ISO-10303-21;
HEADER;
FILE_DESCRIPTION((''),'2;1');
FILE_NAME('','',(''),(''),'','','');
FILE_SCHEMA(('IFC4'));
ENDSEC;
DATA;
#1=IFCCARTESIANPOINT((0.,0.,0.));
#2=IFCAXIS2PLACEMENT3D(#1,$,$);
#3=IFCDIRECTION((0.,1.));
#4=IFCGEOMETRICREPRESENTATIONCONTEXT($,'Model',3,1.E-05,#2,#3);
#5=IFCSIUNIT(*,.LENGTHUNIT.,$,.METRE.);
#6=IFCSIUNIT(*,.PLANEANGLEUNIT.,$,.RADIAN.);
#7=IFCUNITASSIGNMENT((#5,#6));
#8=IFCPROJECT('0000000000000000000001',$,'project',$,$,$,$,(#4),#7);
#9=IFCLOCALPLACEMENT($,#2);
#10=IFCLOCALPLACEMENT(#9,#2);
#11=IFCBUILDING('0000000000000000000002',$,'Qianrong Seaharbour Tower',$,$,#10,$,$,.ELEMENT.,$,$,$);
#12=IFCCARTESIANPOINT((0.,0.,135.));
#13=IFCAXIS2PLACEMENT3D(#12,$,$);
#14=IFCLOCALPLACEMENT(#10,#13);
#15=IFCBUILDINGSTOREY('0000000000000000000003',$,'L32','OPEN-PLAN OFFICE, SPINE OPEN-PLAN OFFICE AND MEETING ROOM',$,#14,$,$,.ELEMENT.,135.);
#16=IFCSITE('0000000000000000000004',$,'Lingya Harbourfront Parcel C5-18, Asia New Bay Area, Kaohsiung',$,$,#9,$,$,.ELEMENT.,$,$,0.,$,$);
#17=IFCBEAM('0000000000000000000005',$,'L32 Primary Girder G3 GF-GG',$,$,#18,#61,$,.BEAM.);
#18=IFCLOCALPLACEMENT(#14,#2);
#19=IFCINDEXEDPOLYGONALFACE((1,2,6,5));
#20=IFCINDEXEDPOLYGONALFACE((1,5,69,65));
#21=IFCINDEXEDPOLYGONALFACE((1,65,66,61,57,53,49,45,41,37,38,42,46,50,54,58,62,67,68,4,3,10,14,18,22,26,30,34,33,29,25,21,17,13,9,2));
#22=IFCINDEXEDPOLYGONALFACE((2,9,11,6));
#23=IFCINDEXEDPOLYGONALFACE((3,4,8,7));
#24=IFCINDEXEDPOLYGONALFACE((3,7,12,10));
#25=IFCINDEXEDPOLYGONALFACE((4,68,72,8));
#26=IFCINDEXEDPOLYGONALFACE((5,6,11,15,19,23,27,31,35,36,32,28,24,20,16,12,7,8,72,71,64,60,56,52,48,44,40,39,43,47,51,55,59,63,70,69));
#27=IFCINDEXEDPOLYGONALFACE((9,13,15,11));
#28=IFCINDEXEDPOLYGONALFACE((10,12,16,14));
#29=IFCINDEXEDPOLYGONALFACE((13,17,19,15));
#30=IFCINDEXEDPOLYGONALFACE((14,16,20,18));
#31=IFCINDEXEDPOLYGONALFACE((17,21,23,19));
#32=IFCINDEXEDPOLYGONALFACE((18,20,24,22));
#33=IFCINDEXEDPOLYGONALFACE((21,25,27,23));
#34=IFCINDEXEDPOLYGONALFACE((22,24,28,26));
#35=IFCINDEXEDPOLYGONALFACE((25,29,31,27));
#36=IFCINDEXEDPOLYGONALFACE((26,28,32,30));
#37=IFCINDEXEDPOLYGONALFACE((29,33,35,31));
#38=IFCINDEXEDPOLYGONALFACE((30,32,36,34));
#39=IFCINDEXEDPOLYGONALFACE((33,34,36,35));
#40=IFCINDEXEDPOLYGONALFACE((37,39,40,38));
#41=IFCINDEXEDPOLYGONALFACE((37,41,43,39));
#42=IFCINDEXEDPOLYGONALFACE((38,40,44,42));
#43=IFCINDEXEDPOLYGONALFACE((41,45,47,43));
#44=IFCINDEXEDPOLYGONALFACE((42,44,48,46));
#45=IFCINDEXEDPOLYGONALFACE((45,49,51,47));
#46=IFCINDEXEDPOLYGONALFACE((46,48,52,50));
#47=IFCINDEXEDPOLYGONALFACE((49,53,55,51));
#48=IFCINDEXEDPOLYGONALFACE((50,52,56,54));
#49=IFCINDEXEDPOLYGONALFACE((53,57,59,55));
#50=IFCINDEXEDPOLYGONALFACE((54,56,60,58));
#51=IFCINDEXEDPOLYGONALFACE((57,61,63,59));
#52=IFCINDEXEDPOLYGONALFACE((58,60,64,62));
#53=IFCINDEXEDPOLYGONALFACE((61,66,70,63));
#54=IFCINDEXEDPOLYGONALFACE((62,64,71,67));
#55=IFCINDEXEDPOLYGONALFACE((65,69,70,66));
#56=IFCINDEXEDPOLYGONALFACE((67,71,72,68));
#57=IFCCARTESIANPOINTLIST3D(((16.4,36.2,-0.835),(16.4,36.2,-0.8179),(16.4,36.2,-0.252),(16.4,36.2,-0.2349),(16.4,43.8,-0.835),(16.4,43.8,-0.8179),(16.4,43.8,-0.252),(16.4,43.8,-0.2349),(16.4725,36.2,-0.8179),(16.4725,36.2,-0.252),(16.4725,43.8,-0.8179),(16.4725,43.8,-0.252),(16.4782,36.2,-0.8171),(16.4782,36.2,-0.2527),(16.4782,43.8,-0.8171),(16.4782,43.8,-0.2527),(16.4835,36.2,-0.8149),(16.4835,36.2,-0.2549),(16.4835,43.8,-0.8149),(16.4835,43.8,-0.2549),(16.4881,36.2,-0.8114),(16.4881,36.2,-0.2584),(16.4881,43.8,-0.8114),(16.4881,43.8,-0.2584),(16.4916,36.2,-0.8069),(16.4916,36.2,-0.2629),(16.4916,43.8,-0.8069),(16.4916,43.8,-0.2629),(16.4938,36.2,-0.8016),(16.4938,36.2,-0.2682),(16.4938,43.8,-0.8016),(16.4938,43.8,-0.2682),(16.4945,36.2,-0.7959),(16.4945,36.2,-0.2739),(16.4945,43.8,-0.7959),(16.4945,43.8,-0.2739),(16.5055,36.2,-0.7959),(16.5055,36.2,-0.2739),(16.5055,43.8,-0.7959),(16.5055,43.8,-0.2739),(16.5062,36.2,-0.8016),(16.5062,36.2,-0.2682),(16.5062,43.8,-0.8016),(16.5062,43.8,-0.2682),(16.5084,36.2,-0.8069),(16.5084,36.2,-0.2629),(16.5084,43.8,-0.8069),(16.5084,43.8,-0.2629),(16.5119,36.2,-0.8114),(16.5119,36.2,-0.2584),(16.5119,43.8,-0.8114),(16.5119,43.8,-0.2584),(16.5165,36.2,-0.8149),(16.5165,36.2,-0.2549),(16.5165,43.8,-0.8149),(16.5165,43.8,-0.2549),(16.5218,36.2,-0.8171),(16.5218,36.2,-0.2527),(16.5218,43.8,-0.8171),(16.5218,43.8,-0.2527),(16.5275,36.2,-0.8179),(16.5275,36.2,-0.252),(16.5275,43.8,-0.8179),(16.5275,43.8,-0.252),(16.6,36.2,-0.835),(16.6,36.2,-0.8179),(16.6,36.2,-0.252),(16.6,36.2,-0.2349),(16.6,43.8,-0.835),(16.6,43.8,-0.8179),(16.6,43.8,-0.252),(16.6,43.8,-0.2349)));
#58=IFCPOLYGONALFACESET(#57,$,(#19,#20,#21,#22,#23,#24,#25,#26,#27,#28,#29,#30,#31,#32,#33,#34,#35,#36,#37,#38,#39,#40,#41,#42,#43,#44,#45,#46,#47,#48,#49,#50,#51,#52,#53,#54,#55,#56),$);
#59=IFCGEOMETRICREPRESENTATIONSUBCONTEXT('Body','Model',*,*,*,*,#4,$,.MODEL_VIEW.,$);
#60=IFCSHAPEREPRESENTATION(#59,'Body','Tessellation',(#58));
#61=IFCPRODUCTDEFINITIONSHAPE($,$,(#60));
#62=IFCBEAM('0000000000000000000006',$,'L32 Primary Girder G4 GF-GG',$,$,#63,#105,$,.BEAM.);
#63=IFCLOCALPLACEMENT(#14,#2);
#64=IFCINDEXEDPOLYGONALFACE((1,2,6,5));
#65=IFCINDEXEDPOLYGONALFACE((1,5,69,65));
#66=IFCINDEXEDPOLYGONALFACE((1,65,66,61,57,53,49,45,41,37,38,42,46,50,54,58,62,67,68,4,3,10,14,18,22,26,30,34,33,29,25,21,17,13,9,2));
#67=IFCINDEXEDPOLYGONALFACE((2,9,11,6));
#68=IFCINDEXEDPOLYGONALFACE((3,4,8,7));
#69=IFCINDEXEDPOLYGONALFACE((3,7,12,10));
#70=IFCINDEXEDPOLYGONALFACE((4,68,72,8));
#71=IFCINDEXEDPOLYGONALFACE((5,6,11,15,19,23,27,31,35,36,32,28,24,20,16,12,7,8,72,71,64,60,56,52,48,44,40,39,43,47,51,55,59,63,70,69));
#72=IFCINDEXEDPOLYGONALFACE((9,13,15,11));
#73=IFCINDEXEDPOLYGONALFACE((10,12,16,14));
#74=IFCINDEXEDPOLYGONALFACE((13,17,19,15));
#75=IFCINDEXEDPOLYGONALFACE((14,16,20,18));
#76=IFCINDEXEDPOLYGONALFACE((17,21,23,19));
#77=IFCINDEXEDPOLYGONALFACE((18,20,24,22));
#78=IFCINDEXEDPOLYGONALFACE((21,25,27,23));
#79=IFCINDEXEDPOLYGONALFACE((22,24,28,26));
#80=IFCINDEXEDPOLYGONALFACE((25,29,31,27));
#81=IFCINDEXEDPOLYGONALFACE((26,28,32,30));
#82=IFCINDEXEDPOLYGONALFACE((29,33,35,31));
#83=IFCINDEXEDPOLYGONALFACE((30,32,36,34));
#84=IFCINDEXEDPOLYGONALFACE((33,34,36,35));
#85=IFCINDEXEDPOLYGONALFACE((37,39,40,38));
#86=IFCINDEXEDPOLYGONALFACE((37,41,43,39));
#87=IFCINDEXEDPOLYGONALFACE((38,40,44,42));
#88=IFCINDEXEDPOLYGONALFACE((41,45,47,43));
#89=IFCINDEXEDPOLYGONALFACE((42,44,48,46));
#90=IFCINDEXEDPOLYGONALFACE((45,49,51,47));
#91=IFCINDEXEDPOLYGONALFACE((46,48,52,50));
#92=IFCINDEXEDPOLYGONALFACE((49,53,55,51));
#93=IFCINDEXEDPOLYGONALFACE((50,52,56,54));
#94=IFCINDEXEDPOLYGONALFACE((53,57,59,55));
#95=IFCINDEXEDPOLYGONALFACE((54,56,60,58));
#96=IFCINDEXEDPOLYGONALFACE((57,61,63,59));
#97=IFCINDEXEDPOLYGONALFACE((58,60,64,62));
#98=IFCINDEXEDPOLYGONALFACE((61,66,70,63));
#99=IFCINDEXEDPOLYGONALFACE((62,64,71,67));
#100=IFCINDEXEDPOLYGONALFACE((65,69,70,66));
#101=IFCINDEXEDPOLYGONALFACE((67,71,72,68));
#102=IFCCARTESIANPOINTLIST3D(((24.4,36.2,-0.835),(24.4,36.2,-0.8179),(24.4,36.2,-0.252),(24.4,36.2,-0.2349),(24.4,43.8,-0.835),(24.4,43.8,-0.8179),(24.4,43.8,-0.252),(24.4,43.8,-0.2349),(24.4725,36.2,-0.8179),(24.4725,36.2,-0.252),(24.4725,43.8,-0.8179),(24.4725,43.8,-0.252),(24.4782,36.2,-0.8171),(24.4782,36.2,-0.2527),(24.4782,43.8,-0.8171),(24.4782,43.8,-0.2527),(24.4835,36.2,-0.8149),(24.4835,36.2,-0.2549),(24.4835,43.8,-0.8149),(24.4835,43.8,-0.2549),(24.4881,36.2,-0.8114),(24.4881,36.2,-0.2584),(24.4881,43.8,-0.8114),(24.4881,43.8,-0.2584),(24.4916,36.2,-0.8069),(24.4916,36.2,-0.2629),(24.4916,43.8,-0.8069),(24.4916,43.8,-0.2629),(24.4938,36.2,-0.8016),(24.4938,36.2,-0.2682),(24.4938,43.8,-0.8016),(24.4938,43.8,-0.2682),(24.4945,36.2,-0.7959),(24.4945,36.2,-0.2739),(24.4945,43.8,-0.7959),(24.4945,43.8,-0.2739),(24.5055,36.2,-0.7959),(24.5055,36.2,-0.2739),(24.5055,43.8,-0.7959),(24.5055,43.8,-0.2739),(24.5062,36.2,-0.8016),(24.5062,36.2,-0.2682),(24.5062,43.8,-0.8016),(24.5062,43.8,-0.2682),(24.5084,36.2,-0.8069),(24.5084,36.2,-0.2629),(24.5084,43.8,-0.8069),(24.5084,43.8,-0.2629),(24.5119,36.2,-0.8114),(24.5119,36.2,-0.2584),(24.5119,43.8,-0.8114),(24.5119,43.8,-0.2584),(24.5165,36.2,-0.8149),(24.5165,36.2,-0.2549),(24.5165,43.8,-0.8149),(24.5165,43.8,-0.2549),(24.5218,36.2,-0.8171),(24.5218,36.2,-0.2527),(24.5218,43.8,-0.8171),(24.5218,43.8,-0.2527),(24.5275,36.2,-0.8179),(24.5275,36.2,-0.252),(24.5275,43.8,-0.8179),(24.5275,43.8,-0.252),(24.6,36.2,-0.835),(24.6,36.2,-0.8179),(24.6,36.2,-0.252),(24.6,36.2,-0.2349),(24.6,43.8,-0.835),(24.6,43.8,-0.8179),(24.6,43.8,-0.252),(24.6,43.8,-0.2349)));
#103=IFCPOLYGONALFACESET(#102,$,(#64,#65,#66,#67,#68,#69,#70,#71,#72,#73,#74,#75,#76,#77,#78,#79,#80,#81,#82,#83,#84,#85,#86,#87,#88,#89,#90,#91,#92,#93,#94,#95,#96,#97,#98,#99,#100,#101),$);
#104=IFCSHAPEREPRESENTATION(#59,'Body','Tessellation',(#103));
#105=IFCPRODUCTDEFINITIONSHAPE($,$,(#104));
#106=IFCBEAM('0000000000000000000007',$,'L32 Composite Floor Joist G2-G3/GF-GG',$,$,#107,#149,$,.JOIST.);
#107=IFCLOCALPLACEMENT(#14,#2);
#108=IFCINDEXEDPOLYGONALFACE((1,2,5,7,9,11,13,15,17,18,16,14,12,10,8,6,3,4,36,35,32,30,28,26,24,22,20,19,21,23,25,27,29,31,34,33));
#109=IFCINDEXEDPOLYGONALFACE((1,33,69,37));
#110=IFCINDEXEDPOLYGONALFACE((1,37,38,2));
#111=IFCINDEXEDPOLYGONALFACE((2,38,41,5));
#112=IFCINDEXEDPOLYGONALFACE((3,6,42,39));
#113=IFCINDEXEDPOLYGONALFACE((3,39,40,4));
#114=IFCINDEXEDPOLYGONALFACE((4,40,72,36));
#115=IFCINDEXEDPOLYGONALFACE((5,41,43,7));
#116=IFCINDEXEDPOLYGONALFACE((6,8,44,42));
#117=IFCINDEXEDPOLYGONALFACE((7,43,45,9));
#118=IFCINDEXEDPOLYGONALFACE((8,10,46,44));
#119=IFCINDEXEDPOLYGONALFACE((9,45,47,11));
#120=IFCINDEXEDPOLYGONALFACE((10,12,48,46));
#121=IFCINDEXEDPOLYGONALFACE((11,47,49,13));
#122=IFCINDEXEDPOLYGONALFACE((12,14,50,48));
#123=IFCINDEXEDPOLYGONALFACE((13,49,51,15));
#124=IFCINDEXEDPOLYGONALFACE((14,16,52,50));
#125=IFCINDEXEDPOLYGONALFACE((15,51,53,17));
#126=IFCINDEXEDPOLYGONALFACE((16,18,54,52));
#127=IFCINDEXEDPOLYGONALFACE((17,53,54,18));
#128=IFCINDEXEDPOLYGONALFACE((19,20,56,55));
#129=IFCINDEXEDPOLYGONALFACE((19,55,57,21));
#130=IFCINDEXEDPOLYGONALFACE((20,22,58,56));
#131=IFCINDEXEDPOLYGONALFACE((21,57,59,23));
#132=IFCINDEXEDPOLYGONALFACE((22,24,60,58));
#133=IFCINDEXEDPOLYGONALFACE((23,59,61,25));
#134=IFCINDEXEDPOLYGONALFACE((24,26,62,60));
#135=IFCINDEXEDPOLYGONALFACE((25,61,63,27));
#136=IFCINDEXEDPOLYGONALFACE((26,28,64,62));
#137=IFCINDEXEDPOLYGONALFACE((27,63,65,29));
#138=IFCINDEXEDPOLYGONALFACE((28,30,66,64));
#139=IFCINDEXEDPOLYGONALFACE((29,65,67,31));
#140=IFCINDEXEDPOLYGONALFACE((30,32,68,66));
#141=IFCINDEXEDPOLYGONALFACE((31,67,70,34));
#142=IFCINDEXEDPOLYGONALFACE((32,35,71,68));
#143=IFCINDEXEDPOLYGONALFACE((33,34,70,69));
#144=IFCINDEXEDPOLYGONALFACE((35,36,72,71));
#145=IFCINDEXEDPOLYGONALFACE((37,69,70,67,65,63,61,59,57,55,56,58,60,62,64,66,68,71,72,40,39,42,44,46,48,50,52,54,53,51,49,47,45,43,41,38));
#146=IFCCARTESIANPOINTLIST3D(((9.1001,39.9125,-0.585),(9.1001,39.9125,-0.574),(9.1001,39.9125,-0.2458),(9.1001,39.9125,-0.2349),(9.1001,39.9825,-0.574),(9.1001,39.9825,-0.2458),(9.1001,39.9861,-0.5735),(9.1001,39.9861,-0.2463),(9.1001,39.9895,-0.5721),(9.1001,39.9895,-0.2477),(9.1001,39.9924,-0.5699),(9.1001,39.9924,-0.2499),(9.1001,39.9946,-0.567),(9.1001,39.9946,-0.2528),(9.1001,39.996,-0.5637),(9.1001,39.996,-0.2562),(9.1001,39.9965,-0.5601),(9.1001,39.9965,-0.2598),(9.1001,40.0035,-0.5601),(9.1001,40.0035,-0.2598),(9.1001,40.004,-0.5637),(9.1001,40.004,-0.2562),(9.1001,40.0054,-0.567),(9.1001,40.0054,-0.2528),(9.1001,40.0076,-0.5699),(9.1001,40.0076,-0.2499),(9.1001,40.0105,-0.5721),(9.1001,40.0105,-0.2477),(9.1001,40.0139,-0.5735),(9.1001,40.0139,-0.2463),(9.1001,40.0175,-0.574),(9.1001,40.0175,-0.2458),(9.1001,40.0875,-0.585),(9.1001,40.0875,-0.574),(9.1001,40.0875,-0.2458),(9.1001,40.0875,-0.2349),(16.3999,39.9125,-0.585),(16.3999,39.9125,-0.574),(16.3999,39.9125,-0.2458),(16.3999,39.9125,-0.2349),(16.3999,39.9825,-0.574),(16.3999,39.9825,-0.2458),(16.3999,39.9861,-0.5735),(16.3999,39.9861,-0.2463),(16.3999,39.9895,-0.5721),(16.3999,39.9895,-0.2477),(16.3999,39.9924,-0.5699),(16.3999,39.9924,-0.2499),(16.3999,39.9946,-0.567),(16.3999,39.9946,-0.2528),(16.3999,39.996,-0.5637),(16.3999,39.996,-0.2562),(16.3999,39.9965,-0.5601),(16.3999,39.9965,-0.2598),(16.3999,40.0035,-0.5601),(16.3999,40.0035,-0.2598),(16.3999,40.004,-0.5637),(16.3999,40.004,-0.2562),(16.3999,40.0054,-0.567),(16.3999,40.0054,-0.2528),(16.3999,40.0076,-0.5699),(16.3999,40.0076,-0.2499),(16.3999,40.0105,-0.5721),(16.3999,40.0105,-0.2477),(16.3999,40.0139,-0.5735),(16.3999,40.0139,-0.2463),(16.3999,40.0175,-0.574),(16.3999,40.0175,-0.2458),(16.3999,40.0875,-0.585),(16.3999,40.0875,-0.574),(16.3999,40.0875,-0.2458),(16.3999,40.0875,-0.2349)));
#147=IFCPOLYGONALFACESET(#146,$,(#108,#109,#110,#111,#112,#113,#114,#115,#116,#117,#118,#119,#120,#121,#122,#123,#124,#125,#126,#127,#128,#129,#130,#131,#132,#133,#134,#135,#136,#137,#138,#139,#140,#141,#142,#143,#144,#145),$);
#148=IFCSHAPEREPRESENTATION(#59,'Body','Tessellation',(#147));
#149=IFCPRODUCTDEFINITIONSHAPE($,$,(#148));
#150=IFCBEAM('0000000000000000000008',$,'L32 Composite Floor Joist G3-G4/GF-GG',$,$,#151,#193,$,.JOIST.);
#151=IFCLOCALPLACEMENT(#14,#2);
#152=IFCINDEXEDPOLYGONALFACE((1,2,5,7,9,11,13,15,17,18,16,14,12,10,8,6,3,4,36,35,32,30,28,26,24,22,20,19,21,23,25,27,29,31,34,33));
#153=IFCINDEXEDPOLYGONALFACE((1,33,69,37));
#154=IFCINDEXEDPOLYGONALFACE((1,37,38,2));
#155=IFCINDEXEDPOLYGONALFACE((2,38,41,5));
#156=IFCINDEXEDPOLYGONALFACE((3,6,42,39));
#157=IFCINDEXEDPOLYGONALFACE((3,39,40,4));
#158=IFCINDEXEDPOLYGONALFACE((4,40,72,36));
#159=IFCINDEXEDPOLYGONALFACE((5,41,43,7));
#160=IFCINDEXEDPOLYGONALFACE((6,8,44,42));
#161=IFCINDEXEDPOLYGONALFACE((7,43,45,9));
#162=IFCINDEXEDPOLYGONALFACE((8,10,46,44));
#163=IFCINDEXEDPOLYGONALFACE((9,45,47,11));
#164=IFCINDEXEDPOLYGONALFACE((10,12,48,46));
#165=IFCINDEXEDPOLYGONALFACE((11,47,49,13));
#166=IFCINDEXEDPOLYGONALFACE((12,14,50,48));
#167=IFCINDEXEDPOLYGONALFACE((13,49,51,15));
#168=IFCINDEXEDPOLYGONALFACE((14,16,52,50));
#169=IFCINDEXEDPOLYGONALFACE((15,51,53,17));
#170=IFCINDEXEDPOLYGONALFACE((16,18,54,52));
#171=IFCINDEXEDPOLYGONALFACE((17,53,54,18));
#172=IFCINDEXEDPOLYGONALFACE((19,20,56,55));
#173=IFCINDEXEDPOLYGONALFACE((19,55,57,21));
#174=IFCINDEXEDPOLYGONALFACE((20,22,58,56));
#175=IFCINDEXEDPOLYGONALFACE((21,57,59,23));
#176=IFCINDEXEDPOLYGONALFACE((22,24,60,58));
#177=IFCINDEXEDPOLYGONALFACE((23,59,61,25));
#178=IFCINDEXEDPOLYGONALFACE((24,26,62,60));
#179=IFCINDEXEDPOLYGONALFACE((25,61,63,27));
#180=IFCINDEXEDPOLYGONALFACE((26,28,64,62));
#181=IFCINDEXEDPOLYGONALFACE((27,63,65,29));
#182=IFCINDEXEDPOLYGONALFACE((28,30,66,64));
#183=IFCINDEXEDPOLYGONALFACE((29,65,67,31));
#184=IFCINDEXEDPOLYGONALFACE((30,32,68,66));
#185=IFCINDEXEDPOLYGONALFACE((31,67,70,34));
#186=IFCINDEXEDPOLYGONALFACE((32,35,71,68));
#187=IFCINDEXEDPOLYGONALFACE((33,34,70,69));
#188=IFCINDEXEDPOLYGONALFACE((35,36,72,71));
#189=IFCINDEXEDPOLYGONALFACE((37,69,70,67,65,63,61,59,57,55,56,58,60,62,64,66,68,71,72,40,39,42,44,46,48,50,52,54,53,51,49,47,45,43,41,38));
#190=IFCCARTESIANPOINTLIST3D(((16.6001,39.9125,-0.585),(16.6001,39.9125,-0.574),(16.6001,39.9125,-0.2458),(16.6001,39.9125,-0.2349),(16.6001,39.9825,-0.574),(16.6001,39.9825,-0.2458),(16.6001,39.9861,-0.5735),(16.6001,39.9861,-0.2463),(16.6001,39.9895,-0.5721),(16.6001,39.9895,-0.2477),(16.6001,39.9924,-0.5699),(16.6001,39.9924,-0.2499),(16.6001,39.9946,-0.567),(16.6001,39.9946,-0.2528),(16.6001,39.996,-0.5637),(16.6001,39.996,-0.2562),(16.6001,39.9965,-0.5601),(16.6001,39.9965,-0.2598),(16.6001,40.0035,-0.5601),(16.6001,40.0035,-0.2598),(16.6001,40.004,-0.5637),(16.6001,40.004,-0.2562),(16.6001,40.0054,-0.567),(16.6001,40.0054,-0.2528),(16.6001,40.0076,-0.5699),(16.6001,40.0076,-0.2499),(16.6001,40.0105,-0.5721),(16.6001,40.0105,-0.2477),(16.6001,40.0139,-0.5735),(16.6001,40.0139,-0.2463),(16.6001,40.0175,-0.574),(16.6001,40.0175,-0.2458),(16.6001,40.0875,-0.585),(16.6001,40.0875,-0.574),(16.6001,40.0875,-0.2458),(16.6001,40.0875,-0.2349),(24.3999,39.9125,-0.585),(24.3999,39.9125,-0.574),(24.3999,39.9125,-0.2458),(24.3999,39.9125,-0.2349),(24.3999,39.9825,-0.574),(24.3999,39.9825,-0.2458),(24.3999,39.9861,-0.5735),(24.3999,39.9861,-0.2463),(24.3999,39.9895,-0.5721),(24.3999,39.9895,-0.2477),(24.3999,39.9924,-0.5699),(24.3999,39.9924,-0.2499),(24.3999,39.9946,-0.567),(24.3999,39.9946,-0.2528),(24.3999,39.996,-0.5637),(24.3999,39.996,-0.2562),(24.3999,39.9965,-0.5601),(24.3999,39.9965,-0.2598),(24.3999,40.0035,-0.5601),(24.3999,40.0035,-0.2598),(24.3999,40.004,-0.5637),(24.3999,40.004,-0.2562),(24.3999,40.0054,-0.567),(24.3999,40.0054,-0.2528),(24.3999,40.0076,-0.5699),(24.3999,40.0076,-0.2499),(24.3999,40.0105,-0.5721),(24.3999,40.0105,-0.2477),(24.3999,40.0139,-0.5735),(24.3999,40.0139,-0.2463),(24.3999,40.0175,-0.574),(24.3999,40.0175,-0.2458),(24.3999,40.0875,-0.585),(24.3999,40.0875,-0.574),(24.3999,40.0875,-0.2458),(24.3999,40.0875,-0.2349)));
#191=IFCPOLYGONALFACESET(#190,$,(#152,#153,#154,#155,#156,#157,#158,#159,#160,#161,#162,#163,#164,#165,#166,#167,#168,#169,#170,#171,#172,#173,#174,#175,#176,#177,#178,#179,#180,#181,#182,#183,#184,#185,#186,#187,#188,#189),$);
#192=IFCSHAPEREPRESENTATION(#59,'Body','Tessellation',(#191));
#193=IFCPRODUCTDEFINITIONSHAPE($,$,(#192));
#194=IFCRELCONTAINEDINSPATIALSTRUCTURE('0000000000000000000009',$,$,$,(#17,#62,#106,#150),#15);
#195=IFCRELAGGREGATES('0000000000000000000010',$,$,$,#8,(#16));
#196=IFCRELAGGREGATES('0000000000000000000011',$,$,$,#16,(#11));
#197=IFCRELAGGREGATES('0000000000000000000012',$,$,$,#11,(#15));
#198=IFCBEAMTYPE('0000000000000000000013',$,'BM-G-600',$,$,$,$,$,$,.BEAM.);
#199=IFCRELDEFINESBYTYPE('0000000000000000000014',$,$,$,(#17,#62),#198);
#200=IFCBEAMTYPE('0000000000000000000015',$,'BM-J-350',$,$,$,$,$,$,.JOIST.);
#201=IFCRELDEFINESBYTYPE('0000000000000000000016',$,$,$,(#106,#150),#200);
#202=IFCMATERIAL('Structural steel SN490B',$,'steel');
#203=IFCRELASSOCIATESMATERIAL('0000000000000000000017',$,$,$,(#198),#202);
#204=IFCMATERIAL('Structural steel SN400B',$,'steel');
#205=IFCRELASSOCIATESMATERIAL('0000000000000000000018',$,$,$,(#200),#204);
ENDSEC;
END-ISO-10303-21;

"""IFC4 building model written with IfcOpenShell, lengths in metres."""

from ifc_helpers import new_model, si_unit, direction, frame, origin, origin_2d, place, context, subcontext, project, spatial, i_section, extrude, material, material_profile, profile_set, type_object, element, save


model = new_model("IFC4")

# Units and contexts
model_context = context("Model", 3, precision=1e-05, world=origin(), true_north=direction((0.0, 1.0)))
body_context = subcontext(model_context, "Body", "Model", "MODEL_VIEW")
ifc_project = project(units=[si_unit("LENGTHUNIT", "METRE"), si_unit("PLANEANGLEUNIT", "RADIAN")], contexts=[model_context])

# Site, building, storey
site_placement = place(None, origin())
site = spatial("IfcSite", under=ifc_project, at=site_placement, Name="Lingya Harbourfront Parcel C5-18, Asia New Bay Area, Kaohsiung", CompositionType="ELEMENT", RefElevation=0.0)
building_placement = place(site_placement, origin())
building = spatial("IfcBuilding", under=site, at=building_placement, Name="Qianrong Seaharbour Tower", CompositionType="ELEMENT")
storey_placement = place(building_placement, frame((0.0, 0.0, 135.0)))
storey = spatial("IfcBuildingStorey", under=building, at=storey_placement, Name="L32", Description="OPEN-PLAN OFFICE, SPINE OPEN-PLAN OFFICE AND MEETING ROOM", CompositionType="ELEMENT", Elevation=135.0)

# Shared definitions
ifc_material_1 = material(Name="Structural steel SN490B", Category="steel")

# Beams
ifc_material_profile_1 = material_profile(ifc_material_1, i_section(OverallWidth=0.2, OverallDepth=0.6001, WebThickness=0.011, FlangeThickness=0.0171, FilletRadius=0.022, at=origin_2d()), Name="H600x200x11x17")
ifc_profile_set_1 = profile_set([ifc_material_profile_1], Name="Structural steel SN490B")
beam_type_1 = type_object("IfcBeamType", Name="BM-G-600", PredefinedType="BEAM", material=ifc_profile_set_1)
for number, where, z_axis, x_axis, name in (
    (1, (16.5, 36.2, -0.5349), (0.0, 1.0, 0.0), (-1.0, 0.0, 0.0), "L32 Primary Girder G3 GF-GG"),
    (2, (24.5, 36.2, -0.5349), (0.0, 1.0, 0.0), (-1.0, 0.0, 0.0), "L32 Primary Girder G4 GF-GG"),
):
    element("IfcBeam", number, at=place(storey_placement, frame(where, z_axis=z_axis, x_axis=x_axis)), inside=storey, type_object=beam_type_1, Name=name, PredefinedType="BEAM", context=body_context, shape_type="SweptSolid", body=[
        extrude(i_section(OverallWidth=0.2, OverallDepth=0.6001, WebThickness=0.011, FlangeThickness=0.0171, FilletRadius=0.022, at=origin_2d()), origin(), (0.0, 0.0, 1.0), 7.6001),
    ])
ifc_material_2 = material(Name="Structural steel SN400B", Category="steel")
ifc_material_profile_2 = material_profile(ifc_material_2, i_section(OverallWidth=0.175, OverallDepth=0.3501, WebThickness=0.0071, FlangeThickness=0.011, FilletRadius=0.0139, at=origin_2d()), Name="H350x175x7x11")
ifc_profile_set_2 = profile_set([ifc_material_profile_2], Name="Structural steel SN400B")
beam_type_2 = type_object("IfcBeamType", Name="BM-J-350", PredefinedType="JOIST", material=ifc_profile_set_2)
beam_1_placement = place(storey_placement, frame((9.1001, 40.0, -0.4099), z_axis=(1.0, 0.0, 0.0), x_axis=(0.0, 1.0, 0.0)))
element("IfcBeam", 3, at=beam_1_placement, inside=storey, type_object=beam_type_2, Name="L32 Composite Floor Joist G2-G3/GF-GG", PredefinedType="JOIST", context=body_context, shape_type="SweptSolid", body=[
    extrude(i_section(OverallWidth=0.175, OverallDepth=0.3501, WebThickness=0.0071, FlangeThickness=0.011, FilletRadius=0.0139, at=origin_2d()), origin(), (0.0, 0.0, 1.0), 7.2998),
])
beam_2_placement = place(storey_placement, frame((16.6001, 40.0, -0.4099), z_axis=(1.0, 0.0, 0.0), x_axis=(0.0, 1.0, 0.0)))
element("IfcBeam", 4, at=beam_2_placement, inside=storey, type_object=beam_type_2, Name="L32 Composite Floor Joist G3-G4/GF-GG", PredefinedType="JOIST", context=body_context, shape_type="SweptSolid", body=[
    extrude(i_section(OverallWidth=0.175, OverallDepth=0.3501, WebThickness=0.0071, FlangeThickness=0.011, FilletRadius=0.0139, at=origin_2d()), origin(), (0.0, 0.0, 1.0), 7.7998),
])

save(model, "model.ifc")
